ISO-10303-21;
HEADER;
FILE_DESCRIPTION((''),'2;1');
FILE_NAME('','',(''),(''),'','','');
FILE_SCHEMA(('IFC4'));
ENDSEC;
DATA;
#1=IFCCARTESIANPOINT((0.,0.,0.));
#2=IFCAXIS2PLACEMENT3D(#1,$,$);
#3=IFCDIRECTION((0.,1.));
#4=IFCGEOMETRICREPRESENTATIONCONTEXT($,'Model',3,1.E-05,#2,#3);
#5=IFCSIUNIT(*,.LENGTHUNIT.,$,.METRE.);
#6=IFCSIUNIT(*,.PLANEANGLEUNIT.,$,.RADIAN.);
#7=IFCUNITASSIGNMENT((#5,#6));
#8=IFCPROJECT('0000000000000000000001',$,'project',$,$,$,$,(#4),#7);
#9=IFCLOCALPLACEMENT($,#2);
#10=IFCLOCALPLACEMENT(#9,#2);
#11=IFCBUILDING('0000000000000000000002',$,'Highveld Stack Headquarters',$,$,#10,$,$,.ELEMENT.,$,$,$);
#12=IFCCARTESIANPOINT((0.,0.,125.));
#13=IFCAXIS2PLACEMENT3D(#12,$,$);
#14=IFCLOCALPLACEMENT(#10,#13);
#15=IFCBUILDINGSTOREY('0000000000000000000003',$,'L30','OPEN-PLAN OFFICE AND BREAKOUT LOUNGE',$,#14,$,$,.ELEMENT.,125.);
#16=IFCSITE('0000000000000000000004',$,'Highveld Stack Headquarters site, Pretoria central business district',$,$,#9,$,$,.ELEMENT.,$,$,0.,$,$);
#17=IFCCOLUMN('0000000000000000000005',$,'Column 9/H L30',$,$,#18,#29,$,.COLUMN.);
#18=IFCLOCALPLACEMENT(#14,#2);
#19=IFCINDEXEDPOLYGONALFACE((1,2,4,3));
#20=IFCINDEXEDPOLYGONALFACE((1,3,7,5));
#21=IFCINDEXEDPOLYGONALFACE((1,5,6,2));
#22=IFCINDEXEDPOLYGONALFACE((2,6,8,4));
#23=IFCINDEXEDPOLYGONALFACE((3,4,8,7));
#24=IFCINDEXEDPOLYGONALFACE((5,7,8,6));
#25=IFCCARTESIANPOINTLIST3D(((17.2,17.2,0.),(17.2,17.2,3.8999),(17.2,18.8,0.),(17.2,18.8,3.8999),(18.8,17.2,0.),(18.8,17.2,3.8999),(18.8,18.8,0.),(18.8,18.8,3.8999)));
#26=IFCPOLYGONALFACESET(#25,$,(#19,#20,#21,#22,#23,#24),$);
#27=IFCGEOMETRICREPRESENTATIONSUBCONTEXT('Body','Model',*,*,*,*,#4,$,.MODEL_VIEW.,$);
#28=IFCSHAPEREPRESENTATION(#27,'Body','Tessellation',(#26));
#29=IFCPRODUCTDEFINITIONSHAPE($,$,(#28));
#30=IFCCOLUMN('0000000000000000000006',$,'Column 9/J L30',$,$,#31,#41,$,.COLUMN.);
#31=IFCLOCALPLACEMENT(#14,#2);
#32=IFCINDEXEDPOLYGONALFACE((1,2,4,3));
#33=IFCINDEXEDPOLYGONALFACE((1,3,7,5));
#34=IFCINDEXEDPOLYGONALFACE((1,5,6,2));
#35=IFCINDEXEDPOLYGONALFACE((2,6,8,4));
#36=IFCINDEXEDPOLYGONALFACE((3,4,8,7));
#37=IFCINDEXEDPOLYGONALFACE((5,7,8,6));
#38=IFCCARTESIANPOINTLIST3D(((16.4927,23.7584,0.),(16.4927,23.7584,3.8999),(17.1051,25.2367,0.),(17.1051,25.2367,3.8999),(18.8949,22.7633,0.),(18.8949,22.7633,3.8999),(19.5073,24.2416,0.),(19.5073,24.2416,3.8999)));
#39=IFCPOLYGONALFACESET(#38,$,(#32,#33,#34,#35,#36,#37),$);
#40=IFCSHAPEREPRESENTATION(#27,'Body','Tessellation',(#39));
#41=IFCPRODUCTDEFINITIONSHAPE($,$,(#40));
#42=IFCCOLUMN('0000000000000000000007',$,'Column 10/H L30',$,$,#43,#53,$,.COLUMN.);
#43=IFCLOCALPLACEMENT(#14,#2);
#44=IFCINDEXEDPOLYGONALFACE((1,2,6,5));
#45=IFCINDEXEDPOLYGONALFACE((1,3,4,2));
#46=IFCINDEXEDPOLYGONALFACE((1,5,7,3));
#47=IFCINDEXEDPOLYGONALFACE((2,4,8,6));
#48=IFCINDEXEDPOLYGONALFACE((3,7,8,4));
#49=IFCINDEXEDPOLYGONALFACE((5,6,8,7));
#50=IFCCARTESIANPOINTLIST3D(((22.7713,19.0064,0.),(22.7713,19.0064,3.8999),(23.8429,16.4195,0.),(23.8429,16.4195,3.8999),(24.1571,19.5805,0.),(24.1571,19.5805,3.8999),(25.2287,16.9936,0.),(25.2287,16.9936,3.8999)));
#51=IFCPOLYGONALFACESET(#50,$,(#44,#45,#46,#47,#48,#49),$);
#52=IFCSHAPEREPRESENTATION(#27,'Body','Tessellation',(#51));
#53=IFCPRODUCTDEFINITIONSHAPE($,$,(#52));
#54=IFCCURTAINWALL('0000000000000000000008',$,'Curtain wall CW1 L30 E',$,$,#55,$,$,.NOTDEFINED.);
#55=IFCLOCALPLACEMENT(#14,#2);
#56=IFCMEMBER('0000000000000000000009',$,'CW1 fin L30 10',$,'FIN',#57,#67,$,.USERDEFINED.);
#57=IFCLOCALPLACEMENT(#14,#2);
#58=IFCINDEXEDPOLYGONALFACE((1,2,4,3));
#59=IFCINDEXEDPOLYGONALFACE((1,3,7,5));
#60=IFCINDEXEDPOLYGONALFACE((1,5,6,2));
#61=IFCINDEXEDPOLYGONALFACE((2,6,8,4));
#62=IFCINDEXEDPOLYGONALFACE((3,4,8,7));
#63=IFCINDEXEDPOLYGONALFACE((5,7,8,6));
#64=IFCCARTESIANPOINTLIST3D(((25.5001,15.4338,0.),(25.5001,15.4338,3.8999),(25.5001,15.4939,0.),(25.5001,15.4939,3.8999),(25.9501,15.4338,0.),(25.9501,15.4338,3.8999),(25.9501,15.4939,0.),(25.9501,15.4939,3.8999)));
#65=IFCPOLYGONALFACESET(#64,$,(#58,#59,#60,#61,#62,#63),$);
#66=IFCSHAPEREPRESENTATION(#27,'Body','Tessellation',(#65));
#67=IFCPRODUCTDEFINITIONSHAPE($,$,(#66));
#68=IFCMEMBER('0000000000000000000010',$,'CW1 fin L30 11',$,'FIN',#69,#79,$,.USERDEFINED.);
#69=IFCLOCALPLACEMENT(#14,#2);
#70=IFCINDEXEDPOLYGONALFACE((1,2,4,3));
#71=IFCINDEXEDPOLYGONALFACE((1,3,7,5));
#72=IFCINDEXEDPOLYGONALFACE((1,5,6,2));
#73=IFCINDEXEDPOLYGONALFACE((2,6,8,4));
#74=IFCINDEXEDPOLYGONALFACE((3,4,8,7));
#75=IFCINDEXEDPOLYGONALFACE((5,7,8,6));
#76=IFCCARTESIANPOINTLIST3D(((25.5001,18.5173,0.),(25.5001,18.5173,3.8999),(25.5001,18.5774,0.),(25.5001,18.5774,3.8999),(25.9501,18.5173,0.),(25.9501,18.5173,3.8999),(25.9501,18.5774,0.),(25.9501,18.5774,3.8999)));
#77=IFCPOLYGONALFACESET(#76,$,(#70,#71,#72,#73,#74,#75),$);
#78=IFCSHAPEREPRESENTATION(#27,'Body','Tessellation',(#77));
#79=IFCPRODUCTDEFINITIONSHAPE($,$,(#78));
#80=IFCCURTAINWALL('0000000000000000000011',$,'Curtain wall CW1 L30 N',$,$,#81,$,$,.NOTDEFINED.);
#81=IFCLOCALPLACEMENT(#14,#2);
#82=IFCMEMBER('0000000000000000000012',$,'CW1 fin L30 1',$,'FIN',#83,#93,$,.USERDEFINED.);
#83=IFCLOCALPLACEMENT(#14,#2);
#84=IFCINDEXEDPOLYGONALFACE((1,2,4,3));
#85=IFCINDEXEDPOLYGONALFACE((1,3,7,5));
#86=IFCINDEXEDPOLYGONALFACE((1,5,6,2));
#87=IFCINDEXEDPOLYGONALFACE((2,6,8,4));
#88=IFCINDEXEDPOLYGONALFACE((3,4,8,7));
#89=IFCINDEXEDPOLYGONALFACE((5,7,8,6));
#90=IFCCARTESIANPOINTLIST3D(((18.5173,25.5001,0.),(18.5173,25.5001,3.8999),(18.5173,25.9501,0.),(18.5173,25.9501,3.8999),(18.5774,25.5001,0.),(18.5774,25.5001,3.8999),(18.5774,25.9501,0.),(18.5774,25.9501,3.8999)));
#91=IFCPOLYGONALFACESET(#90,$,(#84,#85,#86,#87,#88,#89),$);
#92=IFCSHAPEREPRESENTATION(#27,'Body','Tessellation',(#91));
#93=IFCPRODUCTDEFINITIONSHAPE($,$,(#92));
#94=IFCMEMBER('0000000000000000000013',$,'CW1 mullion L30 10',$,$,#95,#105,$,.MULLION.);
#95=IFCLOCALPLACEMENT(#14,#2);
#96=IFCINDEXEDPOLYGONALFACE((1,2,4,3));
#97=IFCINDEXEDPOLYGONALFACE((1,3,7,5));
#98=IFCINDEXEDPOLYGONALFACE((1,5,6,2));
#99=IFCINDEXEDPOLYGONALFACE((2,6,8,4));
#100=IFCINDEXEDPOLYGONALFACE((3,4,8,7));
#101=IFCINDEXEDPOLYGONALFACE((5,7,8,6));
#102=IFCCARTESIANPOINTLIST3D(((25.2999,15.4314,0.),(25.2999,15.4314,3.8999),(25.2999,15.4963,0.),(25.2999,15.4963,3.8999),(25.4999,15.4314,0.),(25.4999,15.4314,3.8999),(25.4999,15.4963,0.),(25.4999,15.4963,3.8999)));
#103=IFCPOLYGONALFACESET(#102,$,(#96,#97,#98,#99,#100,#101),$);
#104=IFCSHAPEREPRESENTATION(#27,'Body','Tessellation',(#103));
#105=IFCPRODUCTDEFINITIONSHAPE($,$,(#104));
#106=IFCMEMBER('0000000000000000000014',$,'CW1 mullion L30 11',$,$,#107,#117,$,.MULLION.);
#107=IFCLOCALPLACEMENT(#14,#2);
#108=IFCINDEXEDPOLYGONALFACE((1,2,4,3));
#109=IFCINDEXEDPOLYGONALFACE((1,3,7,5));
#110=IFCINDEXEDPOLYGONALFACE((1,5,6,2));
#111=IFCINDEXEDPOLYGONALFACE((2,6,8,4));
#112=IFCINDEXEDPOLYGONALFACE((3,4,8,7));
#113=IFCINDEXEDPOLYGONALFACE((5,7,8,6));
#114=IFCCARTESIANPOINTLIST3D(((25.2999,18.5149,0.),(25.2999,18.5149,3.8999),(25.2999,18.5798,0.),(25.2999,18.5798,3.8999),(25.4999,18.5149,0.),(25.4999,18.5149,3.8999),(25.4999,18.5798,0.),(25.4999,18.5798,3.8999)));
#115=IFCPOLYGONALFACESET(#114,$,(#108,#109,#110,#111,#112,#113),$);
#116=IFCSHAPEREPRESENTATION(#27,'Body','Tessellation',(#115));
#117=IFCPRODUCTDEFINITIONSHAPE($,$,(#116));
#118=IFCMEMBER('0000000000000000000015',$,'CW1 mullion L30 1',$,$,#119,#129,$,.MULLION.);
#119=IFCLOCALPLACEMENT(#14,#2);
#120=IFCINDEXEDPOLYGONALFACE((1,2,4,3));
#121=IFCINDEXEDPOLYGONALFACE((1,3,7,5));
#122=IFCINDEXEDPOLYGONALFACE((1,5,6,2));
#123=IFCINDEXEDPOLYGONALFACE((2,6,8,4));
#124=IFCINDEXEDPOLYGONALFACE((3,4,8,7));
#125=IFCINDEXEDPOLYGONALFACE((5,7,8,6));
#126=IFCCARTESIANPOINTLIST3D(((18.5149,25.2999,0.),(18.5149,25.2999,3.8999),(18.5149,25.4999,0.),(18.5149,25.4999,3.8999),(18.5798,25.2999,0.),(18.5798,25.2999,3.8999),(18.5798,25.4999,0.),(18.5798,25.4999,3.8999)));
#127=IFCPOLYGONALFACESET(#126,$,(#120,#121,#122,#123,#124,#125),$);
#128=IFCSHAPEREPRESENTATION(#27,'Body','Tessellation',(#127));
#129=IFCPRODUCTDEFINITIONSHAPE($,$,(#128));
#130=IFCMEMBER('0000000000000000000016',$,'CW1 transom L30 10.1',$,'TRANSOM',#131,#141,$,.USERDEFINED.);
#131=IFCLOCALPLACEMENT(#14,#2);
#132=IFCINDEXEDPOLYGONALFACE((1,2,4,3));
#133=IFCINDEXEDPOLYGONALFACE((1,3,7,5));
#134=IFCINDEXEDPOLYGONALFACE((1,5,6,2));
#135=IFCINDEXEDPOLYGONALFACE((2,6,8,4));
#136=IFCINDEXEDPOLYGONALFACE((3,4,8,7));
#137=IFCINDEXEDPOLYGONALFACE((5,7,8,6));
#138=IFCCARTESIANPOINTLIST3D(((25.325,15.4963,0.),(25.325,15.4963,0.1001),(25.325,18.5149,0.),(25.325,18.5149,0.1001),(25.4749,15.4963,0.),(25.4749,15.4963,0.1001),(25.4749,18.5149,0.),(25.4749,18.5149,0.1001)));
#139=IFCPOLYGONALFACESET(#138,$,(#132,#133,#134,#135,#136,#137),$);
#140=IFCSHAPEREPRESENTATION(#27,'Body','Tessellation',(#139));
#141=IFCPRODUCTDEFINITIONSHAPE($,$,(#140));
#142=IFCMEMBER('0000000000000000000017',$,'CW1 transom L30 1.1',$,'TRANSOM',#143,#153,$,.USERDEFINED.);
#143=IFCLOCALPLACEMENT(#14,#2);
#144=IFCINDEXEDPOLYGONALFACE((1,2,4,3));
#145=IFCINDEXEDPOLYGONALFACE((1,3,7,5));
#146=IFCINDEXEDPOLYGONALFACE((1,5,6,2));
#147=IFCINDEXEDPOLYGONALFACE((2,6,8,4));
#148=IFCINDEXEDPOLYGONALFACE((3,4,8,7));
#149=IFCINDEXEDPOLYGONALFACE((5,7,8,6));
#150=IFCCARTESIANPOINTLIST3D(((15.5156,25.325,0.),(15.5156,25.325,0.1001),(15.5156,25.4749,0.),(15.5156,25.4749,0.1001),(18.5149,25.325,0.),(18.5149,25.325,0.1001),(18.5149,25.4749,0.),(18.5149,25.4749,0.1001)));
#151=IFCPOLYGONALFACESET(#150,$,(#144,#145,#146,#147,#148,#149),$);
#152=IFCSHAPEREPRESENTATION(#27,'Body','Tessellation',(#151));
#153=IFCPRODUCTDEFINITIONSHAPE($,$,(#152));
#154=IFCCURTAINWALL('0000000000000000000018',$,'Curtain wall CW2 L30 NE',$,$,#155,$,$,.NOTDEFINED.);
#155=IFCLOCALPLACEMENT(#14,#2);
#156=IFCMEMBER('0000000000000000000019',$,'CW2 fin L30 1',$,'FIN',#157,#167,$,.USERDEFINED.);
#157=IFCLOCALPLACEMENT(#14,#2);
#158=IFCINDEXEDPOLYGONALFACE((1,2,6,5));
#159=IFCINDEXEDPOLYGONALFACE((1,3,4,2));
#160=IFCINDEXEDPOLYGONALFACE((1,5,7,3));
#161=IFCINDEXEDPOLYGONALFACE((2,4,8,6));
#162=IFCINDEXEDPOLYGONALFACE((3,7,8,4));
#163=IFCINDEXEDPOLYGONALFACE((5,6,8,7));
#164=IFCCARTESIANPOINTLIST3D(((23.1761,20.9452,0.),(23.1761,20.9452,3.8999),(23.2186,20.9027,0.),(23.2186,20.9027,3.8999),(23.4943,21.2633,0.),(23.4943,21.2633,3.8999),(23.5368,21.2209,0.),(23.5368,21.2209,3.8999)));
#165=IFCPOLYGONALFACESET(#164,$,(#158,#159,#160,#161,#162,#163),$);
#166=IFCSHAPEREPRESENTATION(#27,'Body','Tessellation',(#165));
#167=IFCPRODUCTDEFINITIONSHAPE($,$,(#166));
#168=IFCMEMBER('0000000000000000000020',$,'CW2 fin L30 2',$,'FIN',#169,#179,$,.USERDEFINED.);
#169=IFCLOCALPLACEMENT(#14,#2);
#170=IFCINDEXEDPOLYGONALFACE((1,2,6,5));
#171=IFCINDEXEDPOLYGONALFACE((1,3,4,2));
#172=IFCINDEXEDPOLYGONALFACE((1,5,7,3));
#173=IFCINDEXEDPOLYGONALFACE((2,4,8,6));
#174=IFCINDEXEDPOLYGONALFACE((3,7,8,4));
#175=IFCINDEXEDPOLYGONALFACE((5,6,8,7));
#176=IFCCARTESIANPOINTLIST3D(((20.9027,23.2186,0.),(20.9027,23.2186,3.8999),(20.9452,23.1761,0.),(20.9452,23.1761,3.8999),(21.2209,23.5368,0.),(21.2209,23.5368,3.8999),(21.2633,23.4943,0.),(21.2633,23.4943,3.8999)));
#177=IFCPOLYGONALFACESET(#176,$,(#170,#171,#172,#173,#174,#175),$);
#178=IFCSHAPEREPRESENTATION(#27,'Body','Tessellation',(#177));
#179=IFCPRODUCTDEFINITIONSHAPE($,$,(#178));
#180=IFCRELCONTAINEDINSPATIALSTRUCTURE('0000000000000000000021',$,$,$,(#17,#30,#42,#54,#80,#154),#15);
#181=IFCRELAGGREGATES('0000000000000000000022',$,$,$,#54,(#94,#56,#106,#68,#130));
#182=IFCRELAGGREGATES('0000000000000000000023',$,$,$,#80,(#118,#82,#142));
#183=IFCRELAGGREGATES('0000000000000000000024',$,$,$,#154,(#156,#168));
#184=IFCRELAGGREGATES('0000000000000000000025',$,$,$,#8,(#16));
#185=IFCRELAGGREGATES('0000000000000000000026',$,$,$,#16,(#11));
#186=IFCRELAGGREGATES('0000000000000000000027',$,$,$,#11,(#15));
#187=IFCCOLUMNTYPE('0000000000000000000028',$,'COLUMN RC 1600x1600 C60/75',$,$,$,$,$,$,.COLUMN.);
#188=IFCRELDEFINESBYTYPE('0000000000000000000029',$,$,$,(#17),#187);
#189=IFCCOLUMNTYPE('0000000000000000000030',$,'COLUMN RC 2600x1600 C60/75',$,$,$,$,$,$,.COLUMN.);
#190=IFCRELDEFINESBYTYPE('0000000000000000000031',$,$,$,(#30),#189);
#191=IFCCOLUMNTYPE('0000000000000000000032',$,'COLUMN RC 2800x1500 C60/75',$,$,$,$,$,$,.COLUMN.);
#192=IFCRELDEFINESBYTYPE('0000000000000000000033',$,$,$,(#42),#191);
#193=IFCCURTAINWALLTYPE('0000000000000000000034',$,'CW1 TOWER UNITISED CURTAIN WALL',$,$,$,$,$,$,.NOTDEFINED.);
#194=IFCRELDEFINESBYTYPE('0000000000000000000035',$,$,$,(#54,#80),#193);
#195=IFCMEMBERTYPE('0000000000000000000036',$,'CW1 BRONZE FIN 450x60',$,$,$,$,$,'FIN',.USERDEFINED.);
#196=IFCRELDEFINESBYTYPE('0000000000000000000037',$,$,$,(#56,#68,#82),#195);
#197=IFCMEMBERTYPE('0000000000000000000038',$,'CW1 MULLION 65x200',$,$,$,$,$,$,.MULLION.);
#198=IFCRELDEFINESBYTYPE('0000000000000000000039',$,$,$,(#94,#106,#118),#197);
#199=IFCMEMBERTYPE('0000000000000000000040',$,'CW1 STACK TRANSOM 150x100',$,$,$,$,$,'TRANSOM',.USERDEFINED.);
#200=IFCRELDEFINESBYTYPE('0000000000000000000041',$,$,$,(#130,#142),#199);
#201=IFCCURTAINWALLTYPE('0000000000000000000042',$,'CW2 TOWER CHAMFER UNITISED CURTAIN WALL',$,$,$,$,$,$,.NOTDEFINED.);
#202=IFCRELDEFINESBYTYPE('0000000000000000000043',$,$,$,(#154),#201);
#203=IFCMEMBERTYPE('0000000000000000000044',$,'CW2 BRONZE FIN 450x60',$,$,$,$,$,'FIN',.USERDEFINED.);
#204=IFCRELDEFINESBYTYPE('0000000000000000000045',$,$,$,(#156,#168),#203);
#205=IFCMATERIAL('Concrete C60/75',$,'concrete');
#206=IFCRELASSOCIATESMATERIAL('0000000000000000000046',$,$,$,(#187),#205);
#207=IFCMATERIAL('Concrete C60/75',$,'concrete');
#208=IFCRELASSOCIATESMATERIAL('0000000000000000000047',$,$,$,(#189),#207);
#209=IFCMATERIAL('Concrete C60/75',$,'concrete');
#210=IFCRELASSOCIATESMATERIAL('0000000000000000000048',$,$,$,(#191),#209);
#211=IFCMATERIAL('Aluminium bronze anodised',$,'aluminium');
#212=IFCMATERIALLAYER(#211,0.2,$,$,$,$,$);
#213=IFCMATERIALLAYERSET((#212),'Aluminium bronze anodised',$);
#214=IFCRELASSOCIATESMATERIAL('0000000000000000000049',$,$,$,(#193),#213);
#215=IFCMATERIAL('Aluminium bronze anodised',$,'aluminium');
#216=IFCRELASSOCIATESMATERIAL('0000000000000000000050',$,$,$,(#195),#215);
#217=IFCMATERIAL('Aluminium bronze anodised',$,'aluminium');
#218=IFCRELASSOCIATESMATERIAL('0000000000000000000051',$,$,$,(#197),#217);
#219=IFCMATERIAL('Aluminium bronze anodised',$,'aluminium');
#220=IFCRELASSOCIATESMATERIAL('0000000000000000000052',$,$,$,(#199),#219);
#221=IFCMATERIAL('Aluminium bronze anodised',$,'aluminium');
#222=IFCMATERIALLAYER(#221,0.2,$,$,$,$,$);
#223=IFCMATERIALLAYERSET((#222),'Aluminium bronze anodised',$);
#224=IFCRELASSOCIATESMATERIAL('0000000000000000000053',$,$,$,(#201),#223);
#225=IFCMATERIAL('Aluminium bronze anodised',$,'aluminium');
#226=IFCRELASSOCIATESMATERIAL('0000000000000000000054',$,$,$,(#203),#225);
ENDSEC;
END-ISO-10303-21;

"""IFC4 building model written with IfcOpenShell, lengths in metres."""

from ifc_helpers import new_model, si_unit, direction, frame, origin, origin_2d, place, context, subcontext, project, spatial, rectangle, extrude, material, layer, layer_set, material_profile, profile_set, type_object, element, aggregate, save


model = new_model("IFC4")

# Units and contexts
model_context = context("Model", 3, precision=1e-05, world=origin(), true_north=direction((0.0, 1.0)))
body_context = subcontext(model_context, "Body", "Model", "MODEL_VIEW")
ifc_project = project(units=[si_unit("LENGTHUNIT", "METRE"), si_unit("PLANEANGLEUNIT", "RADIAN")], contexts=[model_context])

# Site, building, storey
site_placement = place(None, origin())
site = spatial("IfcSite", under=ifc_project, at=site_placement, Name="Highveld Stack Headquarters site, Pretoria central business district", CompositionType="ELEMENT", RefElevation=0.0)
building_placement = place(site_placement, origin())
building = spatial("IfcBuilding", under=site, at=building_placement, Name="Highveld Stack Headquarters", CompositionType="ELEMENT")
storey_placement = place(building_placement, frame((0.0, 0.0, 125.0)))
storey = spatial("IfcBuildingStorey", under=building, at=storey_placement, Name="L30", Description="OPEN-PLAN OFFICE AND BREAKOUT LOUNGE", CompositionType="ELEMENT", Elevation=125.0)

# Columns
ifc_material_1 = material(Name="Concrete C60/75", Category="concrete")
ifc_material_profile_1 = material_profile(ifc_material_1, rectangle(XDim=1.6001, YDim=1.6001, at=origin_2d()), Name="RC 1600x1600")
ifc_profile_set_1 = profile_set([ifc_material_profile_1], Name="Concrete C60/75")
column_type_1 = type_object("IfcColumnType", Name="COLUMN RC 1600x1600 C60/75", PredefinedType="COLUMN", material=ifc_profile_set_1)
column_1_placement = place(storey_placement, frame((18.0, 18.0, 0.0), z_axis=(0.0, 0.0, 1.0), x_axis=(1.0, 0.0, 0.0)))
element("IfcColumn", 1, at=column_1_placement, inside=storey, type_object=column_type_1, Name="Column 9/H L30", PredefinedType="COLUMN", context=body_context, shape_type="SweptSolid", body=[
    extrude(rectangle(XDim=1.6001, YDim=1.6001, at=origin_2d()), origin(), (0.0, 0.0, 1.0), 3.8999),
])
ifc_material_2 = material(Name="Concrete C60/75", Category="concrete")
ifc_material_profile_2 = material_profile(ifc_material_2, rectangle(XDim=2.6001, YDim=1.6001, at=origin_2d()), Name="RC 2600x1600")
ifc_profile_set_2 = profile_set([ifc_material_profile_2], Name="Concrete C60/75")
column_type_2 = type_object("IfcColumnType", Name="COLUMN RC 2600x1600 C60/75", PredefinedType="COLUMN", material=ifc_profile_set_2)
column_2_placement = place(storey_placement, frame((18.0, 24.0, 0.0), z_axis=(0.0, 0.0, 1.0), x_axis=(0.92388, -0.382683, 0.0)))
element("IfcColumn", 2, at=column_2_placement, inside=storey, type_object=column_type_2, Name="Column 9/J L30", PredefinedType="COLUMN", context=body_context, shape_type="SweptSolid", body=[
    extrude(rectangle(XDim=2.6001, YDim=1.6001, at=origin_2d()), origin(), (0.0, 0.0, 1.0), 3.8999),
])
ifc_material_3 = material(Name="Concrete C60/75", Category="concrete")
ifc_material_profile_3 = material_profile(ifc_material_3, rectangle(XDim=2.8, YDim=1.5, at=origin_2d()), Name="RC 2800x1500")
ifc_profile_set_3 = profile_set([ifc_material_profile_3], Name="Concrete C60/75")
column_type_3 = type_object("IfcColumnType", Name="COLUMN RC 2800x1500 C60/75", PredefinedType="COLUMN", material=ifc_profile_set_3)
column_3_placement = place(storey_placement, frame((24.0, 18.0, 0.0), z_axis=(0.0, 0.0, 1.0), x_axis=(0.382683, -0.92388, 0.0)))
element("IfcColumn", 3, at=column_3_placement, inside=storey, type_object=column_type_3, Name="Column 10/H L30", PredefinedType="COLUMN", context=body_context, shape_type="SweptSolid", body=[
    extrude(rectangle(XDim=2.8, YDim=1.5, at=origin_2d()), origin(), (0.0, 0.0, 1.0), 3.8999),
])

# Curtain wall, members
ifc_material_4 = material(Name="Aluminium bronze anodised", Category="aluminium")
ifc_layer_1 = layer(ifc_material_4, 0.2)
ifc_layer_set_1 = layer_set([ifc_layer_1], Name="Aluminium bronze anodised")
curtain_wall_type_1 = type_object("IfcCurtainWallType", Name="CW1 TOWER UNITISED CURTAIN WALL", PredefinedType="NOTDEFINED", material=ifc_layer_set_1)
curtain_wall_1_placement = place(storey_placement, origin())
curtain_wall_1 = element("IfcCurtainWall", 4, at=curtain_wall_1_placement, inside=storey, type_object=curtain_wall_type_1, Name="Curtain wall CW1 L30 E", PredefinedType="NOTDEFINED")
ifc_material_5 = material(Name="Aluminium bronze anodised", Category="aluminium")
ifc_material_profile_4 = material_profile(ifc_material_5, rectangle(XDim=0.45, YDim=0.0601, at=origin_2d()), Name="FIN 450x60")
ifc_profile_set_4 = profile_set([ifc_material_profile_4], Name="Aluminium bronze anodised")
member_type_1 = type_object("IfcMemberType", Name="CW1 BRONZE FIN 450x60", ElementType="FIN", PredefinedType="USERDEFINED", material=ifc_profile_set_4)
member_1_placement = place(storey_placement, frame((25.7251, 15.4639, 0.0), z_axis=(0.0, 0.0, 1.0), x_axis=(-1.0, 0.0, 0.0)))
member_1 = element("IfcMember", 5, at=member_1_placement, type_object=member_type_1, Name="CW1 fin L30 10", ObjectType="FIN", PredefinedType="USERDEFINED", context=body_context, shape_type="SweptSolid", body=[
    extrude(rectangle(XDim=0.45, YDim=0.0601, at=origin_2d()), origin(), (0.0, 0.0, 1.0), 3.8999),
])
member_2_placement = place(storey_placement, frame((25.7251, 18.5474, 0.0), z_axis=(0.0, 0.0, 1.0), x_axis=(-1.0, 0.0, 0.0)))
member_2 = element("IfcMember", 6, at=member_2_placement, type_object=member_type_1, Name="CW1 fin L30 11", ObjectType="FIN", PredefinedType="USERDEFINED", context=body_context, shape_type="SweptSolid", body=[
    extrude(rectangle(XDim=0.45, YDim=0.0601, at=origin_2d()), origin(), (0.0, 0.0, 1.0), 3.8999),
])

# Curtain wall, member
curtain_wall_2_placement = place(storey_placement, origin())
curtain_wall_2 = element("IfcCurtainWall", 7, at=curtain_wall_2_placement, inside=storey, type_object=curtain_wall_type_1, Name="Curtain wall CW1 L30 N", PredefinedType="NOTDEFINED")
member_3_placement = place(storey_placement, frame((18.5474, 25.7251, 0.0), z_axis=(0.0, 0.0, 1.0), x_axis=(0.0, -1.0, 0.0)))
member_3 = element("IfcMember", 8, at=member_3_placement, type_object=member_type_1, Name="CW1 fin L30 1", ObjectType="FIN", PredefinedType="USERDEFINED", context=body_context, shape_type="SweptSolid", body=[
    extrude(rectangle(XDim=0.45, YDim=0.0601, at=origin_2d()), origin(), (0.0, 0.0, 1.0), 3.8999),
])

# Members
ifc_material_6 = material(Name="Aluminium bronze anodised", Category="aluminium")
ifc_material_profile_5 = material_profile(ifc_material_6, rectangle(XDim=0.2, YDim=0.0649, at=origin_2d()), Name="CW1 MULLION 65x200")
ifc_profile_set_5 = profile_set([ifc_material_profile_5], Name="Aluminium bronze anodised")
member_type_2 = type_object("IfcMemberType", Name="CW1 MULLION 65x200", PredefinedType="MULLION", material=ifc_profile_set_5)
member_4_placement = place(storey_placement, frame((25.3999, 15.4639, 0.0), z_axis=(0.0, 0.0, 1.0), x_axis=(-1.0, 0.0, 0.0)))
member_4 = element("IfcMember", 9, at=member_4_placement, type_object=member_type_2, Name="CW1 mullion L30 10", PredefinedType="MULLION", context=body_context, shape_type="SweptSolid", body=[
    extrude(rectangle(XDim=0.2, YDim=0.0649, at=origin_2d()), origin(), (0.0, 0.0, 1.0), 3.8999),
])
member_5_placement = place(storey_placement, frame((25.3999, 18.5474, 0.0), z_axis=(0.0, 0.0, 1.0), x_axis=(-1.0, 0.0, 0.0)))
member_5 = element("IfcMember", 10, at=member_5_placement, type_object=member_type_2, Name="CW1 mullion L30 11", PredefinedType="MULLION", context=body_context, shape_type="SweptSolid", body=[
    extrude(rectangle(XDim=0.2, YDim=0.0649, at=origin_2d()), origin(), (0.0, 0.0, 1.0), 3.8999),
])
member_6_placement = place(storey_placement, frame((18.5474, 25.3999, 0.0), z_axis=(0.0, 0.0, 1.0), x_axis=(0.0, -1.0, 0.0)))
member_6 = element("IfcMember", 11, at=member_6_placement, type_object=member_type_2, Name="CW1 mullion L30 1", PredefinedType="MULLION", context=body_context, shape_type="SweptSolid", body=[
    extrude(rectangle(XDim=0.2, YDim=0.0649, at=origin_2d()), origin(), (0.0, 0.0, 1.0), 3.8999),
])
ifc_material_7 = material(Name="Aluminium bronze anodised", Category="aluminium")
ifc_material_profile_6 = material_profile(ifc_material_7, rectangle(XDim=0.1499, YDim=0.1001, at=origin_2d()), Name="CW1 TRANSOM 150x100")
ifc_profile_set_6 = profile_set([ifc_material_profile_6], Name="Aluminium bronze anodised")
member_type_3 = type_object("IfcMemberType", Name="CW1 STACK TRANSOM 150x100", ElementType="TRANSOM", PredefinedType="USERDEFINED", material=ifc_profile_set_6)
member_7_placement = place(storey_placement, frame((25.3999, 15.4963, 0.05), z_axis=(0.0, 1.0, 0.0), x_axis=(-1.0, 0.0, 0.0)))
member_7 = element("IfcMember", 12, at=member_7_placement, type_object=member_type_3, Name="CW1 transom L30 10.1", ObjectType="TRANSOM", PredefinedType="USERDEFINED", context=body_context, shape_type="SweptSolid", body=[
    extrude(rectangle(XDim=0.1499, YDim=0.1001, at=origin_2d()), origin(), (0.0, 0.0, 1.0), 3.0186),
])
member_8_placement = place(storey_placement, frame((18.5149, 25.3999, 0.05), z_axis=(-1.0, 0.0, 0.0), x_axis=(0.0, -1.0, 0.0)))
member_8 = element("IfcMember", 13, at=member_8_placement, type_object=member_type_3, Name="CW1 transom L30 1.1", ObjectType="TRANSOM", PredefinedType="USERDEFINED", context=body_context, shape_type="SweptSolid", body=[
    extrude(rectangle(XDim=0.1499, YDim=0.1001, at=origin_2d()), origin(), (0.0, 0.0, 1.0), 2.9993),
])

# Curtain wall, members
ifc_material_8 = material(Name="Aluminium bronze anodised", Category="aluminium")
ifc_layer_2 = layer(ifc_material_8, 0.2)
ifc_layer_set_2 = layer_set([ifc_layer_2], Name="Aluminium bronze anodised")
curtain_wall_type_2 = type_object("IfcCurtainWallType", Name="CW2 TOWER CHAMFER UNITISED CURTAIN WALL", PredefinedType="NOTDEFINED", material=ifc_layer_set_2)
curtain_wall_3_placement = place(storey_placement, origin())
curtain_wall_3 = element("IfcCurtainWall", 14, at=curtain_wall_3_placement, inside=storey, type_object=curtain_wall_type_2, Name="Curtain wall CW2 L30 NE", PredefinedType="NOTDEFINED")
ifc_material_9 = material(Name="Aluminium bronze anodised", Category="aluminium")
ifc_material_profile_7 = material_profile(ifc_material_9, rectangle(XDim=0.45, YDim=0.0601, at=origin_2d()), Name="FIN 450x60")
ifc_profile_set_7 = profile_set([ifc_material_profile_7], Name="Aluminium bronze anodised")
member_type_4 = type_object("IfcMemberType", Name="CW2 BRONZE FIN 450x60", ElementType="FIN", PredefinedType="USERDEFINED", material=ifc_profile_set_7)
member_9_placement = place(storey_placement, frame((23.3564, 21.083, 0.0), z_axis=(0.0, 0.0, 1.0), x_axis=(-0.707107, -0.707107, 0.0)))
member_9 = element("IfcMember", 15, at=member_9_placement, type_object=member_type_4, Name="CW2 fin L30 1", ObjectType="FIN", PredefinedType="USERDEFINED", context=body_context, shape_type="SweptSolid", body=[
    extrude(rectangle(XDim=0.45, YDim=0.0601, at=origin_2d()), origin(), (0.0, 0.0, 1.0), 3.8999),
])
member_10_placement = place(storey_placement, frame((21.083, 23.3564, 0.0), z_axis=(0.0, 0.0, 1.0), x_axis=(-0.707107, -0.707107, 0.0)))
member_10 = element("IfcMember", 16, at=member_10_placement, type_object=member_type_4, Name="CW2 fin L30 2", ObjectType="FIN", PredefinedType="USERDEFINED", context=body_context, shape_type="SweptSolid", body=[
    extrude(rectangle(XDim=0.45, YDim=0.0601, at=origin_2d()), origin(), (0.0, 0.0, 1.0), 3.8999),
])

aggregate(curtain_wall_1, [member_4, member_1, member_5, member_2, member_7])
aggregate(curtain_wall_2, [member_6, member_3, member_8])
aggregate(curtain_wall_3, [member_9, member_10])

save(model, "model.ifc")
